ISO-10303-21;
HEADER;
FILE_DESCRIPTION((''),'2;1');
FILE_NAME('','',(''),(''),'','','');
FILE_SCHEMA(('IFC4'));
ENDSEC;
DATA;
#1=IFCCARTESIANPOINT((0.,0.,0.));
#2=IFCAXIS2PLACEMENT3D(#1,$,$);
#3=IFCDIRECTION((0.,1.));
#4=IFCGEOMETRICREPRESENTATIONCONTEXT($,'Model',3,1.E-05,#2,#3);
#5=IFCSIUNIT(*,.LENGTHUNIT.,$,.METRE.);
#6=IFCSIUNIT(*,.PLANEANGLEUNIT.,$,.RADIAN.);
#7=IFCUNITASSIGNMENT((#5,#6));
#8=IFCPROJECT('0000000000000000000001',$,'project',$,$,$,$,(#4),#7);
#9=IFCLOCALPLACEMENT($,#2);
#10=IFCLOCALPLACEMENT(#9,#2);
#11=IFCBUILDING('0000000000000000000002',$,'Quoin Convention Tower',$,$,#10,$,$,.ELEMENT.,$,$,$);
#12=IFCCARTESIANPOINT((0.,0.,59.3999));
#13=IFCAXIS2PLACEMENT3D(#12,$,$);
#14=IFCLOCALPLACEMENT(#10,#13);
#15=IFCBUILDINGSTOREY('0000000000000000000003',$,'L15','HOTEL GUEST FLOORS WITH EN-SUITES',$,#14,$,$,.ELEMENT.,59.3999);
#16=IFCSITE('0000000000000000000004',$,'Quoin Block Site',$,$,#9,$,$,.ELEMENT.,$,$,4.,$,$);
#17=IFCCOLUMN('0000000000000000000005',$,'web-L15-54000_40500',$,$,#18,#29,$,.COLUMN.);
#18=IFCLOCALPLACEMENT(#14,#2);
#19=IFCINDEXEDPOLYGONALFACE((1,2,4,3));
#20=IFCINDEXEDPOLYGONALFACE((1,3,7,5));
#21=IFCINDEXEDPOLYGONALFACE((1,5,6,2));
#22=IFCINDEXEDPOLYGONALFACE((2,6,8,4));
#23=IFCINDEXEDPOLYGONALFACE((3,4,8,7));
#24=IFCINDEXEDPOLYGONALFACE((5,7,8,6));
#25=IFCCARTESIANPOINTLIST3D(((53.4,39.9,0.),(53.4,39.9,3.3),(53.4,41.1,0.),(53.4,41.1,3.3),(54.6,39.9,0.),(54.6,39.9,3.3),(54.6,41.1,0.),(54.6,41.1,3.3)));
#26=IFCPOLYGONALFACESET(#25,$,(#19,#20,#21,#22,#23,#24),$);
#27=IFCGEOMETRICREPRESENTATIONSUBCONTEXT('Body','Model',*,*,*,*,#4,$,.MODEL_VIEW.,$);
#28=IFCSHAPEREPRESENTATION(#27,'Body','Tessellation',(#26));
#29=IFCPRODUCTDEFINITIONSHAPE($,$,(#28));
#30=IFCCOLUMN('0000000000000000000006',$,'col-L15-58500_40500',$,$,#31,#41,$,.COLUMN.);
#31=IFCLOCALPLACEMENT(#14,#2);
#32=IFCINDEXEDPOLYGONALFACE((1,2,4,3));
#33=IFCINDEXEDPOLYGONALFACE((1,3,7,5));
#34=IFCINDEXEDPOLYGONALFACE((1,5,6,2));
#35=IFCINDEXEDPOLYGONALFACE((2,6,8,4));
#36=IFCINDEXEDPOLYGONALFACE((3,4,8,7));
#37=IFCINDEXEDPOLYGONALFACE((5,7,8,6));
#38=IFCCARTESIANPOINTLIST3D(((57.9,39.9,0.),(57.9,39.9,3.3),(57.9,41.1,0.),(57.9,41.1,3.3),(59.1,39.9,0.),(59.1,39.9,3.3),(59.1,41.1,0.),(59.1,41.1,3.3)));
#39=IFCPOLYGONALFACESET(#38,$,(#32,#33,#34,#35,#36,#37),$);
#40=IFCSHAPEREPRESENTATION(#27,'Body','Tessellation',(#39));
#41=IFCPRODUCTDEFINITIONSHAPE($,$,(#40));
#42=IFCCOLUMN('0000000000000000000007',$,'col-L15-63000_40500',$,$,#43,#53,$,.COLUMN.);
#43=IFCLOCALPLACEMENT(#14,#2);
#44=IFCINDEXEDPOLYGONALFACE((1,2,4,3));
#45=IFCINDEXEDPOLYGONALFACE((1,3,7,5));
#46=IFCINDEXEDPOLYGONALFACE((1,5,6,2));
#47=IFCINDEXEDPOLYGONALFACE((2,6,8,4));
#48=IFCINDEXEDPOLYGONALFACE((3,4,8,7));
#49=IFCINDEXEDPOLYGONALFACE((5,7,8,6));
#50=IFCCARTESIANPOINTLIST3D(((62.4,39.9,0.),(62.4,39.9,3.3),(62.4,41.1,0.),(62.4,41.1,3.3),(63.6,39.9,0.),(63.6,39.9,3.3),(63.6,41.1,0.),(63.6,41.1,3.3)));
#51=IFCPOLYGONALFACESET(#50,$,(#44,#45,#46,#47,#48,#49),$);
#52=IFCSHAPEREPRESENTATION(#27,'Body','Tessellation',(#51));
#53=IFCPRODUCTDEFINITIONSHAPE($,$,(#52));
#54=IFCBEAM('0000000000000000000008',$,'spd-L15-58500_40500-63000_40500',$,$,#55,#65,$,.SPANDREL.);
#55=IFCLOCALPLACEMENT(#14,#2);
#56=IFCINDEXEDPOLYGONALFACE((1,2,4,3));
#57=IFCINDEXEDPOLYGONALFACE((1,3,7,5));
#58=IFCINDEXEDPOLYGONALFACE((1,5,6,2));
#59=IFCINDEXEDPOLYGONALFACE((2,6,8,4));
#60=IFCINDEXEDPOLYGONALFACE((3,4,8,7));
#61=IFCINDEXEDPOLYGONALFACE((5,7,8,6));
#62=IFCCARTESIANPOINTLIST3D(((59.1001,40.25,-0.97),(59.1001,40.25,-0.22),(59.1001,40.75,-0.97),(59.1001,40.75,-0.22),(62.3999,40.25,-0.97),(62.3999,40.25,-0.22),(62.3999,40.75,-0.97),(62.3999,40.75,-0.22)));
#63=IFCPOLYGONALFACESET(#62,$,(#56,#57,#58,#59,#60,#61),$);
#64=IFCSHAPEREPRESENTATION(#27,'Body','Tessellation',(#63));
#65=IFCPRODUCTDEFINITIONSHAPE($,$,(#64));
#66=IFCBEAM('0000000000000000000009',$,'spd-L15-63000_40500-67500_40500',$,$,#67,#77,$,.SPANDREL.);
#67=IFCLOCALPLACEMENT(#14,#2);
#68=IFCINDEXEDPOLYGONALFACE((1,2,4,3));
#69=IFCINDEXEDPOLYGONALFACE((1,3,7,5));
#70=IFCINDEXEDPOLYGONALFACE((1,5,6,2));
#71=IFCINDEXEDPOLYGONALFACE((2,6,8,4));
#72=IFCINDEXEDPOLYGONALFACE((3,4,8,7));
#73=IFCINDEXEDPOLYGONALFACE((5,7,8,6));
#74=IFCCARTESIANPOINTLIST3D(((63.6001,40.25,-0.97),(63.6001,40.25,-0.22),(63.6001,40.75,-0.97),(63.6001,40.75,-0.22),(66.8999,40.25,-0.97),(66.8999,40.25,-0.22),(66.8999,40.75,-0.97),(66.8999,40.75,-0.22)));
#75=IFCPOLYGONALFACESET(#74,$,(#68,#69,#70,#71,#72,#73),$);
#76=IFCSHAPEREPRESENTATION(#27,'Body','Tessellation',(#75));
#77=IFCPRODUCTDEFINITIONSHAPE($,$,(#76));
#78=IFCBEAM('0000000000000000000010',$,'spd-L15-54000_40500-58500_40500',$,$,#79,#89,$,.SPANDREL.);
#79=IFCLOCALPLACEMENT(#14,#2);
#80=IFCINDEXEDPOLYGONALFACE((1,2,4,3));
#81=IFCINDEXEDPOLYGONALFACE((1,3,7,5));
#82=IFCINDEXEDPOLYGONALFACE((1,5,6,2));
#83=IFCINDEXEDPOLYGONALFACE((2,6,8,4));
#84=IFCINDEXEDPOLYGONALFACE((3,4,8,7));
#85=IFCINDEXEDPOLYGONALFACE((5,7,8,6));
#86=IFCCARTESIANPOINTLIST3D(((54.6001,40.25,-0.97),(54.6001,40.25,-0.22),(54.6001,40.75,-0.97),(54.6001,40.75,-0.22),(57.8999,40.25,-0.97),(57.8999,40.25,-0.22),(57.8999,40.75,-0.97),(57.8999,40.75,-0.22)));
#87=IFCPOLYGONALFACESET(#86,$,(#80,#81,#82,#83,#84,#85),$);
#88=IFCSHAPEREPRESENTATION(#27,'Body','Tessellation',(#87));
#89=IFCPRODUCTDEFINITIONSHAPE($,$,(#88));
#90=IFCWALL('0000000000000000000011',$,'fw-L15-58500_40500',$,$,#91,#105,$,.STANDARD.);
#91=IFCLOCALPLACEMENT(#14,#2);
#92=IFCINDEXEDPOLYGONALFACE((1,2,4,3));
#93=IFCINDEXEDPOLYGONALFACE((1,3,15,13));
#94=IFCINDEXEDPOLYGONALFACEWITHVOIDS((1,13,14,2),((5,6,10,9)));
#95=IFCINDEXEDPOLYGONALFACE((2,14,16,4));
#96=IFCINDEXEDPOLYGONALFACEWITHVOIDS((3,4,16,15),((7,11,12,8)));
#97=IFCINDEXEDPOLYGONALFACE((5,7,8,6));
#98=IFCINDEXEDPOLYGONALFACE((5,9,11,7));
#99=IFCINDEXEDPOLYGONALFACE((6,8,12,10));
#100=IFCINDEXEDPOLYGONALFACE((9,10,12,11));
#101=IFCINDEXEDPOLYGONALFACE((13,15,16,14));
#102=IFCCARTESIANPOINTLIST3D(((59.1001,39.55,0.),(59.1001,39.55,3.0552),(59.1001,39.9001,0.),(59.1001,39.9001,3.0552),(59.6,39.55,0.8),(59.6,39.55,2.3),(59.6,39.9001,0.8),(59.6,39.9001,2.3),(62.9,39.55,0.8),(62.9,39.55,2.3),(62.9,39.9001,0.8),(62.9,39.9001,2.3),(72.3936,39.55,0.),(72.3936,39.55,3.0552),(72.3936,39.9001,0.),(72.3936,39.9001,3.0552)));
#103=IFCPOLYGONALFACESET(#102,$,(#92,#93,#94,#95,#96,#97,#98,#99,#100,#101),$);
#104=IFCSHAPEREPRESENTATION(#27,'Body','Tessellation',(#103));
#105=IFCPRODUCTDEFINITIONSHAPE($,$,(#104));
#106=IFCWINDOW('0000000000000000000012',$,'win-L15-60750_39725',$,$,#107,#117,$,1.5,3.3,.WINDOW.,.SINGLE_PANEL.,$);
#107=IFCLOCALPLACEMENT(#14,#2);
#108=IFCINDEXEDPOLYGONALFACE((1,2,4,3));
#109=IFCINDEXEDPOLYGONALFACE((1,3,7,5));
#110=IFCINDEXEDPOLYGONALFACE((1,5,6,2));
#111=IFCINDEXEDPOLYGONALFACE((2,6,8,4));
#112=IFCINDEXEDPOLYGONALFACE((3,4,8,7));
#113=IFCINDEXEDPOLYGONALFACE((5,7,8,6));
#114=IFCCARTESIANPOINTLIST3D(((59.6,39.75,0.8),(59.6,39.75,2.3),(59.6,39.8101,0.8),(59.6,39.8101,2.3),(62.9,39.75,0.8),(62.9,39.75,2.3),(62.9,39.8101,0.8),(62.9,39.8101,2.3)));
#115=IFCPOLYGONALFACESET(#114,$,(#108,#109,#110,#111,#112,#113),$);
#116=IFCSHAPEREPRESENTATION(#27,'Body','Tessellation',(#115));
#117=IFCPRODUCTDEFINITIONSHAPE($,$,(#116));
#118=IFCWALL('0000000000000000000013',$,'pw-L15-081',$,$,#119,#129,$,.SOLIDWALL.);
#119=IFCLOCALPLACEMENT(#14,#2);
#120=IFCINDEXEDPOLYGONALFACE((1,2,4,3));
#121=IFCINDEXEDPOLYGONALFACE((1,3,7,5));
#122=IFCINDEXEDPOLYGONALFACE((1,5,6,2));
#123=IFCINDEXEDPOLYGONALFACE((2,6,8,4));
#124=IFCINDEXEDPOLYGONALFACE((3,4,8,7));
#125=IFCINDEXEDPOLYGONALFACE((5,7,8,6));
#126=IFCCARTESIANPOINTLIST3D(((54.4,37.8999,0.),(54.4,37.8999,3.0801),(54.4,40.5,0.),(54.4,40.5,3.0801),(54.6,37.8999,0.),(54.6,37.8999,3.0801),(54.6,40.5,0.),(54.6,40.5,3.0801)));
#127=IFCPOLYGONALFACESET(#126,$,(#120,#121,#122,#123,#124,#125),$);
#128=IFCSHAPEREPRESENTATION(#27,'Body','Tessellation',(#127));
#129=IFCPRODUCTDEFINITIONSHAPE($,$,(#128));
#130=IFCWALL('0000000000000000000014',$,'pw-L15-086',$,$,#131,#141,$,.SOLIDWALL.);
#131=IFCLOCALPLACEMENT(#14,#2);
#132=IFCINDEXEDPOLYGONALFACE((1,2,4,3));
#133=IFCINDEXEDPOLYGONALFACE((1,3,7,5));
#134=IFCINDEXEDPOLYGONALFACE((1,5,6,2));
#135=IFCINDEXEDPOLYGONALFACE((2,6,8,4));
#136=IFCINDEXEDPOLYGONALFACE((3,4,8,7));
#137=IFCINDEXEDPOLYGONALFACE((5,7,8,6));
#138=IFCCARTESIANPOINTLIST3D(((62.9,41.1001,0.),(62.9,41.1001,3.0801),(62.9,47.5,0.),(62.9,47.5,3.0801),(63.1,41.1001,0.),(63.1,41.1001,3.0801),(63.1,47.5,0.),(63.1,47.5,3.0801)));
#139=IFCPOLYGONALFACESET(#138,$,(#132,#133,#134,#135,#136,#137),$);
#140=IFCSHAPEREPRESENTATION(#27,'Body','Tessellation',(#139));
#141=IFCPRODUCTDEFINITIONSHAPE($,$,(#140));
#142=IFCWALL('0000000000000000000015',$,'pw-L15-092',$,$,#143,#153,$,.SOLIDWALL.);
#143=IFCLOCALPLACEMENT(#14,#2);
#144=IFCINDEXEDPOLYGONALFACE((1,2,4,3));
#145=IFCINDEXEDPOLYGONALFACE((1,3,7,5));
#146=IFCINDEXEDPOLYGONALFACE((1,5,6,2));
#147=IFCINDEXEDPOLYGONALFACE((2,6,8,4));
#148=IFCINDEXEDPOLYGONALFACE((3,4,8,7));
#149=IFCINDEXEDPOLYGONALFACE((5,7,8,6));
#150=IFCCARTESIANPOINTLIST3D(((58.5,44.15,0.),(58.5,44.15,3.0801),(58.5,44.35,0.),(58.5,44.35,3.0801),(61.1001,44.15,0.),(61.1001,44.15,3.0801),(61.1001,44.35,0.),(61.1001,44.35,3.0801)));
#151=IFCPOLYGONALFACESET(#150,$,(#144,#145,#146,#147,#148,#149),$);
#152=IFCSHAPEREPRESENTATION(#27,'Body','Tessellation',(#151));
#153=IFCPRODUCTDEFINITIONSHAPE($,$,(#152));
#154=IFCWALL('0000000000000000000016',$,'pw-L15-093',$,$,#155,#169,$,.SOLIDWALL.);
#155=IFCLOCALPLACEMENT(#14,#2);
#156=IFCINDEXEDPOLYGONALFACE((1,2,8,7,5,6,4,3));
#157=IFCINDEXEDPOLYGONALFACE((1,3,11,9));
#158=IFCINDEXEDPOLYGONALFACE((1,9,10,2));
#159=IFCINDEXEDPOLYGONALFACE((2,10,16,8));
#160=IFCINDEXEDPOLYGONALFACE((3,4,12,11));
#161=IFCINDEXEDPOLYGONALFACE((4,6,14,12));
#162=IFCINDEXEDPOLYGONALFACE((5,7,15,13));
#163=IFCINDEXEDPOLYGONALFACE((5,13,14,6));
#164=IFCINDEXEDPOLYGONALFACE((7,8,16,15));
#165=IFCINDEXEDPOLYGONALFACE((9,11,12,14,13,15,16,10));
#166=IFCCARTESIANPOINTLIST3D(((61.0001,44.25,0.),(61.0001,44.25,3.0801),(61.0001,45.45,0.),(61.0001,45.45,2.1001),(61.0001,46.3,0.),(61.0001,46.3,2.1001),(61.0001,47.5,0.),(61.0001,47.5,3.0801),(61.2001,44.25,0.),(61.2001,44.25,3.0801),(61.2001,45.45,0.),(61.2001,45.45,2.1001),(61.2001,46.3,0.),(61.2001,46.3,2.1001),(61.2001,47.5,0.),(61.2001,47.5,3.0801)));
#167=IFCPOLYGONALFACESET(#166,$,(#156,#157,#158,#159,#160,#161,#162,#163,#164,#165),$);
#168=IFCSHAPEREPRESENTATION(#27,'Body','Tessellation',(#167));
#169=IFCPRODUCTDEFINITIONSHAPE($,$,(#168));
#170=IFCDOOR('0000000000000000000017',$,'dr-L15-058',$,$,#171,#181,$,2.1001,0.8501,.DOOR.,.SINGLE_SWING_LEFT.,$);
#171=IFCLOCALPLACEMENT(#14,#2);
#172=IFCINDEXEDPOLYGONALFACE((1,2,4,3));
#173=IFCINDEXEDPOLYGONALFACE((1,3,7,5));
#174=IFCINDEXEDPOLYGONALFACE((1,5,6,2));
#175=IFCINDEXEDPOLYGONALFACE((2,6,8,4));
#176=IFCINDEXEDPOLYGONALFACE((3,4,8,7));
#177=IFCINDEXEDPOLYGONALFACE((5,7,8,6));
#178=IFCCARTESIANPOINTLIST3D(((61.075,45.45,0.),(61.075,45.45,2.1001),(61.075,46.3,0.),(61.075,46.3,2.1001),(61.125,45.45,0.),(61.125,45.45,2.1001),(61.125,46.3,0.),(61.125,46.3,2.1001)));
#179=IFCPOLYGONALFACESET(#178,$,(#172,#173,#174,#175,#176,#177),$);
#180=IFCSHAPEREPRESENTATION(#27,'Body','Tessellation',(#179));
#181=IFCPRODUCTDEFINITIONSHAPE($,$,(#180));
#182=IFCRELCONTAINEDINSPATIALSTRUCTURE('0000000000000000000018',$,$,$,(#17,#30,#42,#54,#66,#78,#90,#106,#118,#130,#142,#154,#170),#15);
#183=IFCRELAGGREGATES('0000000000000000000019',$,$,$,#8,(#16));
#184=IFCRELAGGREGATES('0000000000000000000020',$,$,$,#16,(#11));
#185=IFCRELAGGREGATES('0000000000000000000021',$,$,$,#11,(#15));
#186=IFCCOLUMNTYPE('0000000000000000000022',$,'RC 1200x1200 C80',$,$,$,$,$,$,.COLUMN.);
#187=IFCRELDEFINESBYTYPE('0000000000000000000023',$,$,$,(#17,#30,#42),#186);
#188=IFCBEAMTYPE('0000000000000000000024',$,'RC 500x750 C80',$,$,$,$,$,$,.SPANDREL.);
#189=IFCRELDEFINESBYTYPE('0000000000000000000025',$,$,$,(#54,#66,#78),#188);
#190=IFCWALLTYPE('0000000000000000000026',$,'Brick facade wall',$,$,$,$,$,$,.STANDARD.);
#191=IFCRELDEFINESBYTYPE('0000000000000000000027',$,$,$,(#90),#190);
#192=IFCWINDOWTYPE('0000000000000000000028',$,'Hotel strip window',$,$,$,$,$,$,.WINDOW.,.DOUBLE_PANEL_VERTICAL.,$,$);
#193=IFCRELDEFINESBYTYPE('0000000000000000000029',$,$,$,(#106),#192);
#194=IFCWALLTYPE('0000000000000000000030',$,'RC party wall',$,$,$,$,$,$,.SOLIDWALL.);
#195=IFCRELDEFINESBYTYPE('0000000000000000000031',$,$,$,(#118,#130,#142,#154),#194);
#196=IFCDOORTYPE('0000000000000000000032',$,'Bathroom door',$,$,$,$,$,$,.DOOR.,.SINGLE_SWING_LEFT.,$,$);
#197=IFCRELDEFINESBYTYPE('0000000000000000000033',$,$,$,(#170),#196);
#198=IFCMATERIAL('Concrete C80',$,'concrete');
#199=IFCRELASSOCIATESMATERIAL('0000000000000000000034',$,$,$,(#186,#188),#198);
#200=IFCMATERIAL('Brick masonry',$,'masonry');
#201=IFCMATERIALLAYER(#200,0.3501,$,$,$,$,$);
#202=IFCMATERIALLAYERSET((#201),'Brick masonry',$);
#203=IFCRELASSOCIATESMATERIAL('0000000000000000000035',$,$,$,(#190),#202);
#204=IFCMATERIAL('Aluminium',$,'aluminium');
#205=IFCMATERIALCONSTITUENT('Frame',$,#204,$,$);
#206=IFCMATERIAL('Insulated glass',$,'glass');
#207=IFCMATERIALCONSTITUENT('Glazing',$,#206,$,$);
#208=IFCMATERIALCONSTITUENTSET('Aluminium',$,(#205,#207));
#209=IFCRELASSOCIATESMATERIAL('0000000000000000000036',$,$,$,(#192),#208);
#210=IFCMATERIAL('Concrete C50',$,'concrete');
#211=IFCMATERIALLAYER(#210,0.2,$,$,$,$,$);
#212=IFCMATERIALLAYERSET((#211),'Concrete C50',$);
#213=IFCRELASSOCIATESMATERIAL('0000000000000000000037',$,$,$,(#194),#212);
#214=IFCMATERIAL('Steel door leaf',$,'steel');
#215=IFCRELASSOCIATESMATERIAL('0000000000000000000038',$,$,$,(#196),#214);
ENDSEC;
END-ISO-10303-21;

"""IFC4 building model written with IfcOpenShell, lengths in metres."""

from ifc_helpers import new_model, si_unit, direction, frame, frame_2d, origin, origin_2d, place, context, subcontext, project, spatial, rectangle, extrude, material, layer, layer_set, constituent, constituent_set, material_profile, profile_set, type_object, element, fill, save


model = new_model("IFC4")

# Units and contexts
model_context = context("Model", 3, precision=1e-05, world=origin(), true_north=direction((0.0, 1.0)))
body_context = subcontext(model_context, "Body", "Model", "MODEL_VIEW")
ifc_project = project(units=[si_unit("LENGTHUNIT", "METRE"), si_unit("PLANEANGLEUNIT", "RADIAN")], contexts=[model_context])

# Site, building, storey
site_placement = place(None, origin())
site = spatial("IfcSite", under=ifc_project, at=site_placement, Name="Quoin Block Site", CompositionType="ELEMENT", RefElevation=4.0)
building_placement = place(site_placement, origin())
building = spatial("IfcBuilding", under=site, at=building_placement, Name="Quoin Convention Tower", CompositionType="ELEMENT")
storey_placement = place(building_placement, frame((0.0, 0.0, 59.3999)))
storey = spatial("IfcBuildingStorey", under=building, at=storey_placement, Name="L15", Description="HOTEL GUEST FLOORS WITH EN-SUITES", CompositionType="ELEMENT", Elevation=59.3999)

# Columns
ifc_material_1 = material(Name="Concrete C80", Category="concrete")
ifc_material_profile_1 = material_profile(ifc_material_1, rectangle(XDim=1.2, YDim=1.2, at=origin_2d()), Name="RC 1200x1200")
ifc_profile_set_1 = profile_set([ifc_material_profile_1], Name="Concrete C80")
column_type = type_object("IfcColumnType", Name="RC 1200x1200 C80", PredefinedType="COLUMN", material=ifc_profile_set_1)
for number, where, z_axis, x_axis, name in (
    (1, (54.0, 40.5, 0.0), (0.0, 0.0, 1.0), (1.0, 0.0, 0.0), "web-L15-54000_40500"),
    (2, (58.5, 40.5, 0.0), (0.0, 0.0, 1.0), (1.0, 0.0, 0.0), "col-L15-58500_40500"),
    (3, (63.0, 40.5, 0.0), (0.0, 0.0, 1.0), (1.0, 0.0, 0.0), "col-L15-63000_40500"),
):
    element("IfcColumn", number, at=place(storey_placement, frame(where, z_axis=z_axis, x_axis=x_axis)), inside=storey, type_object=column_type, Name=name, PredefinedType="COLUMN", context=body_context, shape_type="SweptSolid", body=[
        extrude(rectangle(XDim=1.2, YDim=1.2, at=origin_2d()), origin(), (0.0, 0.0, 1.0), 3.3),
    ])

# Beams
ifc_material_profile_2 = material_profile(ifc_material_1, rectangle(XDim=0.5, YDim=0.75, at=origin_2d()), Name="RC 500x750")
ifc_profile_set_2 = profile_set([ifc_material_profile_2], Name="Concrete C80")
beam_type = type_object("IfcBeamType", Name="RC 500x750 C80", PredefinedType="SPANDREL", material=ifc_profile_set_2)
for number, where, z_axis, x_axis, name in (
    (4, (59.1001, 40.5, -0.595), (1.0, 0.0, 0.0), (0.0, 1.0, 0.0), "spd-L15-58500_40500-63000_40500"),
    (5, (63.6001, 40.5, -0.595), (1.0, 0.0, 0.0), (0.0, 1.0, 0.0), "spd-L15-63000_40500-67500_40500"),
    (6, (54.6001, 40.5, -0.595), (1.0, 0.0, 0.0), (0.0, 1.0, 0.0), "spd-L15-54000_40500-58500_40500"),
):
    element("IfcBeam", number, at=place(storey_placement, frame(where, z_axis=z_axis, x_axis=x_axis)), inside=storey, type_object=beam_type, Name=name, PredefinedType="SPANDREL", context=body_context, shape_type="SweptSolid", body=[
        extrude(rectangle(XDim=0.5, YDim=0.75, at=origin_2d()), origin(), (0.0, 0.0, 1.0), 3.2998),
    ])

# Wall, opening, window
ifc_material_2 = material(Name="Brick masonry", Category="masonry")
ifc_layer_1 = layer(ifc_material_2, 0.3501)
ifc_layer_set_1 = layer_set([ifc_layer_1], Name="Brick masonry")
wall_type_1 = type_object("IfcWallType", Name="Brick facade wall", PredefinedType="STANDARD", material=ifc_layer_set_1)
wall_1_placement = place(storey_placement, frame((59.1001, 39.7251, 0.0), z_axis=(0.0, 0.0, 1.0), x_axis=(1.0, 0.0, 0.0)))
wall_1 = element("IfcWall", 7, at=wall_1_placement, inside=storey, type_object=wall_type_1, Name="fw-L15-58500_40500", PredefinedType="STANDARD", context=body_context, shape_type="SweptSolid", body=[
    extrude(rectangle(XDim=13.2935, YDim=0.3501, at=frame_2d((6.6467, 0.0))), origin(), (0.0, 0.0, 1.0), 3.0552),
])
opening_1_placement = place(wall_1_placement, frame((0.5, 0.0, 0.8)))
opening_1 = element("IfcOpeningElement", 8, at=opening_1_placement, cuts=wall_1, PredefinedType="OPENING", context=body_context, shape_type="SweptSolid", body=[
    extrude(rectangle(XDim=3.3, YDim=1.5, at=frame_2d((1.6499, 0.75))), frame((0.0, 0.1851, 0.0), z_axis=(0.0, -1.0, 0.0), x_axis=(1.0, 0.0, 0.0)), (0.0, 0.0, 1.0), 0.3701),
])
ifc_material_3 = material(Name="Aluminium", Category="aluminium")
ifc_constituent_1 = constituent(ifc_material_3, Name="Frame")
ifc_material_4 = material(Name="Insulated glass", Category="glass")
ifc_constituent_2 = constituent(ifc_material_4, Name="Glazing")
ifc_constituent_set = constituent_set(constituents=[ifc_constituent_1, ifc_constituent_2], Name="Aluminium")
window_type = type_object("IfcWindowType", Name="Hotel strip window", PartitioningType="DOUBLE_PANEL_VERTICAL", PredefinedType="WINDOW", material=ifc_constituent_set)
window_placement = place(opening_1_placement, origin())
window = element("IfcWindow", 9, at=window_placement, inside=storey, type_object=window_type, Name="win-L15-60750_39725", OverallHeight=1.5, OverallWidth=3.3, PartitioningType="SINGLE_PANEL", PredefinedType="WINDOW", context=body_context, shape_type="SweptSolid", body=[
    extrude(rectangle(XDim=3.3, YDim=1.5, at=frame_2d((1.6499, 0.75))), frame((0.0, 0.085, 0.0), z_axis=(0.0, -1.0, 0.0), x_axis=(1.0, 0.0, 0.0)), (0.0, 0.0, 1.0), 0.0601),
])
fill(opening_1, window)

# Walls
ifc_material_5 = material(Name="Concrete C50", Category="concrete")
ifc_layer_2 = layer(ifc_material_5, 0.2)
ifc_layer_set_2 = layer_set([ifc_layer_2], Name="Concrete C50")
wall_type_2 = type_object("IfcWallType", Name="RC party wall", PredefinedType="SOLIDWALL", material=ifc_layer_set_2)
wall_2_placement = place(storey_placement, frame((54.5, 37.8999, 0.0), z_axis=(0.0, 0.0, 1.0), x_axis=(0.0, 1.0, 0.0)))
element("IfcWall", 10, at=wall_2_placement, inside=storey, type_object=wall_type_2, Name="pw-L15-081", PredefinedType="SOLIDWALL", context=body_context, shape_type="SweptSolid", body=[
    extrude(rectangle(XDim=2.6001, YDim=0.2, at=frame_2d((1.3, 0.0))), origin(), (0.0, 0.0, 1.0), 3.0801),
])
wall_3_placement = place(storey_placement, frame((63.0, 41.1001, 0.0), z_axis=(0.0, 0.0, 1.0), x_axis=(0.0, 1.0, 0.0)))
element("IfcWall", 11, at=wall_3_placement, inside=storey, type_object=wall_type_2, Name="pw-L15-086", PredefinedType="SOLIDWALL", context=body_context, shape_type="SweptSolid", body=[
    extrude(rectangle(XDim=6.3999, YDim=0.2, at=frame_2d((3.2, 0.0))), origin(), (0.0, 0.0, 1.0), 3.0801),
])
wall_4_placement = place(storey_placement, frame((58.5, 44.25, 0.0), z_axis=(0.0, 0.0, 1.0), x_axis=(1.0, 0.0, 0.0)))
element("IfcWall", 12, at=wall_4_placement, inside=storey, type_object=wall_type_2, Name="pw-L15-092", PredefinedType="SOLIDWALL", context=body_context, shape_type="SweptSolid", body=[
    extrude(rectangle(XDim=2.6001, YDim=0.2, at=frame_2d((1.3, 0.0))), origin(), (0.0, 0.0, 1.0), 3.0801),
])

# Wall, opening, door
wall_5_placement = place(storey_placement, frame((61.1001, 44.25, 0.0), z_axis=(0.0, 0.0, 1.0), x_axis=(0.0, 1.0, 0.0)))
wall_5 = element("IfcWall", 13, at=wall_5_placement, inside=storey, type_object=wall_type_2, Name="pw-L15-093", PredefinedType="SOLIDWALL", context=body_context, shape_type="SweptSolid", body=[
    extrude(rectangle(XDim=3.25, YDim=0.2, at=frame_2d((1.625, 0.0))), origin(), (0.0, 0.0, 1.0), 3.0801),
])
opening_2_placement = place(wall_5_placement, frame((1.2, 0.0, 0.0)))
opening_2 = element("IfcOpeningElement", 14, at=opening_2_placement, cuts=wall_5, PredefinedType="OPENING", context=body_context, shape_type="SweptSolid", body=[
    extrude(rectangle(XDim=0.8501, YDim=2.1001, at=frame_2d((0.425, 1.05))), frame((0.0, 0.1099, 0.0), z_axis=(0.0, -1.0, 0.0), x_axis=(1.0, 0.0, 0.0)), (0.0, 0.0, 1.0), 0.22),
])
ifc_material_6 = material(Name="Steel door leaf", Category="steel")
door_type = type_object("IfcDoorType", Name="Bathroom door", OperationType="SINGLE_SWING_LEFT", PredefinedType="DOOR", material=ifc_material_6)
door_placement = place(opening_2_placement, frame((0.8501, 0.0, 0.0), z_axis=(0.0, 0.0, 1.0), x_axis=(-1.0, 0.0, 0.0)))
door = element("IfcDoor", 15, at=door_placement, inside=storey, type_object=door_type, Name="dr-L15-058", OperationType="SINGLE_SWING_LEFT", OverallHeight=2.1001, OverallWidth=0.8501, PredefinedType="DOOR", context=body_context, shape_type="SweptSolid", body=[
    extrude(rectangle(XDim=0.8501, YDim=2.1001, at=frame_2d((0.425, 1.05))), frame((0.0, 0.0249, 0.0), z_axis=(0.0, -1.0, 0.0), x_axis=(1.0, 0.0, 0.0)), (0.0, 0.0, 1.0), 0.05),
])
fill(opening_2, door)

save(model, "model.ifc")
